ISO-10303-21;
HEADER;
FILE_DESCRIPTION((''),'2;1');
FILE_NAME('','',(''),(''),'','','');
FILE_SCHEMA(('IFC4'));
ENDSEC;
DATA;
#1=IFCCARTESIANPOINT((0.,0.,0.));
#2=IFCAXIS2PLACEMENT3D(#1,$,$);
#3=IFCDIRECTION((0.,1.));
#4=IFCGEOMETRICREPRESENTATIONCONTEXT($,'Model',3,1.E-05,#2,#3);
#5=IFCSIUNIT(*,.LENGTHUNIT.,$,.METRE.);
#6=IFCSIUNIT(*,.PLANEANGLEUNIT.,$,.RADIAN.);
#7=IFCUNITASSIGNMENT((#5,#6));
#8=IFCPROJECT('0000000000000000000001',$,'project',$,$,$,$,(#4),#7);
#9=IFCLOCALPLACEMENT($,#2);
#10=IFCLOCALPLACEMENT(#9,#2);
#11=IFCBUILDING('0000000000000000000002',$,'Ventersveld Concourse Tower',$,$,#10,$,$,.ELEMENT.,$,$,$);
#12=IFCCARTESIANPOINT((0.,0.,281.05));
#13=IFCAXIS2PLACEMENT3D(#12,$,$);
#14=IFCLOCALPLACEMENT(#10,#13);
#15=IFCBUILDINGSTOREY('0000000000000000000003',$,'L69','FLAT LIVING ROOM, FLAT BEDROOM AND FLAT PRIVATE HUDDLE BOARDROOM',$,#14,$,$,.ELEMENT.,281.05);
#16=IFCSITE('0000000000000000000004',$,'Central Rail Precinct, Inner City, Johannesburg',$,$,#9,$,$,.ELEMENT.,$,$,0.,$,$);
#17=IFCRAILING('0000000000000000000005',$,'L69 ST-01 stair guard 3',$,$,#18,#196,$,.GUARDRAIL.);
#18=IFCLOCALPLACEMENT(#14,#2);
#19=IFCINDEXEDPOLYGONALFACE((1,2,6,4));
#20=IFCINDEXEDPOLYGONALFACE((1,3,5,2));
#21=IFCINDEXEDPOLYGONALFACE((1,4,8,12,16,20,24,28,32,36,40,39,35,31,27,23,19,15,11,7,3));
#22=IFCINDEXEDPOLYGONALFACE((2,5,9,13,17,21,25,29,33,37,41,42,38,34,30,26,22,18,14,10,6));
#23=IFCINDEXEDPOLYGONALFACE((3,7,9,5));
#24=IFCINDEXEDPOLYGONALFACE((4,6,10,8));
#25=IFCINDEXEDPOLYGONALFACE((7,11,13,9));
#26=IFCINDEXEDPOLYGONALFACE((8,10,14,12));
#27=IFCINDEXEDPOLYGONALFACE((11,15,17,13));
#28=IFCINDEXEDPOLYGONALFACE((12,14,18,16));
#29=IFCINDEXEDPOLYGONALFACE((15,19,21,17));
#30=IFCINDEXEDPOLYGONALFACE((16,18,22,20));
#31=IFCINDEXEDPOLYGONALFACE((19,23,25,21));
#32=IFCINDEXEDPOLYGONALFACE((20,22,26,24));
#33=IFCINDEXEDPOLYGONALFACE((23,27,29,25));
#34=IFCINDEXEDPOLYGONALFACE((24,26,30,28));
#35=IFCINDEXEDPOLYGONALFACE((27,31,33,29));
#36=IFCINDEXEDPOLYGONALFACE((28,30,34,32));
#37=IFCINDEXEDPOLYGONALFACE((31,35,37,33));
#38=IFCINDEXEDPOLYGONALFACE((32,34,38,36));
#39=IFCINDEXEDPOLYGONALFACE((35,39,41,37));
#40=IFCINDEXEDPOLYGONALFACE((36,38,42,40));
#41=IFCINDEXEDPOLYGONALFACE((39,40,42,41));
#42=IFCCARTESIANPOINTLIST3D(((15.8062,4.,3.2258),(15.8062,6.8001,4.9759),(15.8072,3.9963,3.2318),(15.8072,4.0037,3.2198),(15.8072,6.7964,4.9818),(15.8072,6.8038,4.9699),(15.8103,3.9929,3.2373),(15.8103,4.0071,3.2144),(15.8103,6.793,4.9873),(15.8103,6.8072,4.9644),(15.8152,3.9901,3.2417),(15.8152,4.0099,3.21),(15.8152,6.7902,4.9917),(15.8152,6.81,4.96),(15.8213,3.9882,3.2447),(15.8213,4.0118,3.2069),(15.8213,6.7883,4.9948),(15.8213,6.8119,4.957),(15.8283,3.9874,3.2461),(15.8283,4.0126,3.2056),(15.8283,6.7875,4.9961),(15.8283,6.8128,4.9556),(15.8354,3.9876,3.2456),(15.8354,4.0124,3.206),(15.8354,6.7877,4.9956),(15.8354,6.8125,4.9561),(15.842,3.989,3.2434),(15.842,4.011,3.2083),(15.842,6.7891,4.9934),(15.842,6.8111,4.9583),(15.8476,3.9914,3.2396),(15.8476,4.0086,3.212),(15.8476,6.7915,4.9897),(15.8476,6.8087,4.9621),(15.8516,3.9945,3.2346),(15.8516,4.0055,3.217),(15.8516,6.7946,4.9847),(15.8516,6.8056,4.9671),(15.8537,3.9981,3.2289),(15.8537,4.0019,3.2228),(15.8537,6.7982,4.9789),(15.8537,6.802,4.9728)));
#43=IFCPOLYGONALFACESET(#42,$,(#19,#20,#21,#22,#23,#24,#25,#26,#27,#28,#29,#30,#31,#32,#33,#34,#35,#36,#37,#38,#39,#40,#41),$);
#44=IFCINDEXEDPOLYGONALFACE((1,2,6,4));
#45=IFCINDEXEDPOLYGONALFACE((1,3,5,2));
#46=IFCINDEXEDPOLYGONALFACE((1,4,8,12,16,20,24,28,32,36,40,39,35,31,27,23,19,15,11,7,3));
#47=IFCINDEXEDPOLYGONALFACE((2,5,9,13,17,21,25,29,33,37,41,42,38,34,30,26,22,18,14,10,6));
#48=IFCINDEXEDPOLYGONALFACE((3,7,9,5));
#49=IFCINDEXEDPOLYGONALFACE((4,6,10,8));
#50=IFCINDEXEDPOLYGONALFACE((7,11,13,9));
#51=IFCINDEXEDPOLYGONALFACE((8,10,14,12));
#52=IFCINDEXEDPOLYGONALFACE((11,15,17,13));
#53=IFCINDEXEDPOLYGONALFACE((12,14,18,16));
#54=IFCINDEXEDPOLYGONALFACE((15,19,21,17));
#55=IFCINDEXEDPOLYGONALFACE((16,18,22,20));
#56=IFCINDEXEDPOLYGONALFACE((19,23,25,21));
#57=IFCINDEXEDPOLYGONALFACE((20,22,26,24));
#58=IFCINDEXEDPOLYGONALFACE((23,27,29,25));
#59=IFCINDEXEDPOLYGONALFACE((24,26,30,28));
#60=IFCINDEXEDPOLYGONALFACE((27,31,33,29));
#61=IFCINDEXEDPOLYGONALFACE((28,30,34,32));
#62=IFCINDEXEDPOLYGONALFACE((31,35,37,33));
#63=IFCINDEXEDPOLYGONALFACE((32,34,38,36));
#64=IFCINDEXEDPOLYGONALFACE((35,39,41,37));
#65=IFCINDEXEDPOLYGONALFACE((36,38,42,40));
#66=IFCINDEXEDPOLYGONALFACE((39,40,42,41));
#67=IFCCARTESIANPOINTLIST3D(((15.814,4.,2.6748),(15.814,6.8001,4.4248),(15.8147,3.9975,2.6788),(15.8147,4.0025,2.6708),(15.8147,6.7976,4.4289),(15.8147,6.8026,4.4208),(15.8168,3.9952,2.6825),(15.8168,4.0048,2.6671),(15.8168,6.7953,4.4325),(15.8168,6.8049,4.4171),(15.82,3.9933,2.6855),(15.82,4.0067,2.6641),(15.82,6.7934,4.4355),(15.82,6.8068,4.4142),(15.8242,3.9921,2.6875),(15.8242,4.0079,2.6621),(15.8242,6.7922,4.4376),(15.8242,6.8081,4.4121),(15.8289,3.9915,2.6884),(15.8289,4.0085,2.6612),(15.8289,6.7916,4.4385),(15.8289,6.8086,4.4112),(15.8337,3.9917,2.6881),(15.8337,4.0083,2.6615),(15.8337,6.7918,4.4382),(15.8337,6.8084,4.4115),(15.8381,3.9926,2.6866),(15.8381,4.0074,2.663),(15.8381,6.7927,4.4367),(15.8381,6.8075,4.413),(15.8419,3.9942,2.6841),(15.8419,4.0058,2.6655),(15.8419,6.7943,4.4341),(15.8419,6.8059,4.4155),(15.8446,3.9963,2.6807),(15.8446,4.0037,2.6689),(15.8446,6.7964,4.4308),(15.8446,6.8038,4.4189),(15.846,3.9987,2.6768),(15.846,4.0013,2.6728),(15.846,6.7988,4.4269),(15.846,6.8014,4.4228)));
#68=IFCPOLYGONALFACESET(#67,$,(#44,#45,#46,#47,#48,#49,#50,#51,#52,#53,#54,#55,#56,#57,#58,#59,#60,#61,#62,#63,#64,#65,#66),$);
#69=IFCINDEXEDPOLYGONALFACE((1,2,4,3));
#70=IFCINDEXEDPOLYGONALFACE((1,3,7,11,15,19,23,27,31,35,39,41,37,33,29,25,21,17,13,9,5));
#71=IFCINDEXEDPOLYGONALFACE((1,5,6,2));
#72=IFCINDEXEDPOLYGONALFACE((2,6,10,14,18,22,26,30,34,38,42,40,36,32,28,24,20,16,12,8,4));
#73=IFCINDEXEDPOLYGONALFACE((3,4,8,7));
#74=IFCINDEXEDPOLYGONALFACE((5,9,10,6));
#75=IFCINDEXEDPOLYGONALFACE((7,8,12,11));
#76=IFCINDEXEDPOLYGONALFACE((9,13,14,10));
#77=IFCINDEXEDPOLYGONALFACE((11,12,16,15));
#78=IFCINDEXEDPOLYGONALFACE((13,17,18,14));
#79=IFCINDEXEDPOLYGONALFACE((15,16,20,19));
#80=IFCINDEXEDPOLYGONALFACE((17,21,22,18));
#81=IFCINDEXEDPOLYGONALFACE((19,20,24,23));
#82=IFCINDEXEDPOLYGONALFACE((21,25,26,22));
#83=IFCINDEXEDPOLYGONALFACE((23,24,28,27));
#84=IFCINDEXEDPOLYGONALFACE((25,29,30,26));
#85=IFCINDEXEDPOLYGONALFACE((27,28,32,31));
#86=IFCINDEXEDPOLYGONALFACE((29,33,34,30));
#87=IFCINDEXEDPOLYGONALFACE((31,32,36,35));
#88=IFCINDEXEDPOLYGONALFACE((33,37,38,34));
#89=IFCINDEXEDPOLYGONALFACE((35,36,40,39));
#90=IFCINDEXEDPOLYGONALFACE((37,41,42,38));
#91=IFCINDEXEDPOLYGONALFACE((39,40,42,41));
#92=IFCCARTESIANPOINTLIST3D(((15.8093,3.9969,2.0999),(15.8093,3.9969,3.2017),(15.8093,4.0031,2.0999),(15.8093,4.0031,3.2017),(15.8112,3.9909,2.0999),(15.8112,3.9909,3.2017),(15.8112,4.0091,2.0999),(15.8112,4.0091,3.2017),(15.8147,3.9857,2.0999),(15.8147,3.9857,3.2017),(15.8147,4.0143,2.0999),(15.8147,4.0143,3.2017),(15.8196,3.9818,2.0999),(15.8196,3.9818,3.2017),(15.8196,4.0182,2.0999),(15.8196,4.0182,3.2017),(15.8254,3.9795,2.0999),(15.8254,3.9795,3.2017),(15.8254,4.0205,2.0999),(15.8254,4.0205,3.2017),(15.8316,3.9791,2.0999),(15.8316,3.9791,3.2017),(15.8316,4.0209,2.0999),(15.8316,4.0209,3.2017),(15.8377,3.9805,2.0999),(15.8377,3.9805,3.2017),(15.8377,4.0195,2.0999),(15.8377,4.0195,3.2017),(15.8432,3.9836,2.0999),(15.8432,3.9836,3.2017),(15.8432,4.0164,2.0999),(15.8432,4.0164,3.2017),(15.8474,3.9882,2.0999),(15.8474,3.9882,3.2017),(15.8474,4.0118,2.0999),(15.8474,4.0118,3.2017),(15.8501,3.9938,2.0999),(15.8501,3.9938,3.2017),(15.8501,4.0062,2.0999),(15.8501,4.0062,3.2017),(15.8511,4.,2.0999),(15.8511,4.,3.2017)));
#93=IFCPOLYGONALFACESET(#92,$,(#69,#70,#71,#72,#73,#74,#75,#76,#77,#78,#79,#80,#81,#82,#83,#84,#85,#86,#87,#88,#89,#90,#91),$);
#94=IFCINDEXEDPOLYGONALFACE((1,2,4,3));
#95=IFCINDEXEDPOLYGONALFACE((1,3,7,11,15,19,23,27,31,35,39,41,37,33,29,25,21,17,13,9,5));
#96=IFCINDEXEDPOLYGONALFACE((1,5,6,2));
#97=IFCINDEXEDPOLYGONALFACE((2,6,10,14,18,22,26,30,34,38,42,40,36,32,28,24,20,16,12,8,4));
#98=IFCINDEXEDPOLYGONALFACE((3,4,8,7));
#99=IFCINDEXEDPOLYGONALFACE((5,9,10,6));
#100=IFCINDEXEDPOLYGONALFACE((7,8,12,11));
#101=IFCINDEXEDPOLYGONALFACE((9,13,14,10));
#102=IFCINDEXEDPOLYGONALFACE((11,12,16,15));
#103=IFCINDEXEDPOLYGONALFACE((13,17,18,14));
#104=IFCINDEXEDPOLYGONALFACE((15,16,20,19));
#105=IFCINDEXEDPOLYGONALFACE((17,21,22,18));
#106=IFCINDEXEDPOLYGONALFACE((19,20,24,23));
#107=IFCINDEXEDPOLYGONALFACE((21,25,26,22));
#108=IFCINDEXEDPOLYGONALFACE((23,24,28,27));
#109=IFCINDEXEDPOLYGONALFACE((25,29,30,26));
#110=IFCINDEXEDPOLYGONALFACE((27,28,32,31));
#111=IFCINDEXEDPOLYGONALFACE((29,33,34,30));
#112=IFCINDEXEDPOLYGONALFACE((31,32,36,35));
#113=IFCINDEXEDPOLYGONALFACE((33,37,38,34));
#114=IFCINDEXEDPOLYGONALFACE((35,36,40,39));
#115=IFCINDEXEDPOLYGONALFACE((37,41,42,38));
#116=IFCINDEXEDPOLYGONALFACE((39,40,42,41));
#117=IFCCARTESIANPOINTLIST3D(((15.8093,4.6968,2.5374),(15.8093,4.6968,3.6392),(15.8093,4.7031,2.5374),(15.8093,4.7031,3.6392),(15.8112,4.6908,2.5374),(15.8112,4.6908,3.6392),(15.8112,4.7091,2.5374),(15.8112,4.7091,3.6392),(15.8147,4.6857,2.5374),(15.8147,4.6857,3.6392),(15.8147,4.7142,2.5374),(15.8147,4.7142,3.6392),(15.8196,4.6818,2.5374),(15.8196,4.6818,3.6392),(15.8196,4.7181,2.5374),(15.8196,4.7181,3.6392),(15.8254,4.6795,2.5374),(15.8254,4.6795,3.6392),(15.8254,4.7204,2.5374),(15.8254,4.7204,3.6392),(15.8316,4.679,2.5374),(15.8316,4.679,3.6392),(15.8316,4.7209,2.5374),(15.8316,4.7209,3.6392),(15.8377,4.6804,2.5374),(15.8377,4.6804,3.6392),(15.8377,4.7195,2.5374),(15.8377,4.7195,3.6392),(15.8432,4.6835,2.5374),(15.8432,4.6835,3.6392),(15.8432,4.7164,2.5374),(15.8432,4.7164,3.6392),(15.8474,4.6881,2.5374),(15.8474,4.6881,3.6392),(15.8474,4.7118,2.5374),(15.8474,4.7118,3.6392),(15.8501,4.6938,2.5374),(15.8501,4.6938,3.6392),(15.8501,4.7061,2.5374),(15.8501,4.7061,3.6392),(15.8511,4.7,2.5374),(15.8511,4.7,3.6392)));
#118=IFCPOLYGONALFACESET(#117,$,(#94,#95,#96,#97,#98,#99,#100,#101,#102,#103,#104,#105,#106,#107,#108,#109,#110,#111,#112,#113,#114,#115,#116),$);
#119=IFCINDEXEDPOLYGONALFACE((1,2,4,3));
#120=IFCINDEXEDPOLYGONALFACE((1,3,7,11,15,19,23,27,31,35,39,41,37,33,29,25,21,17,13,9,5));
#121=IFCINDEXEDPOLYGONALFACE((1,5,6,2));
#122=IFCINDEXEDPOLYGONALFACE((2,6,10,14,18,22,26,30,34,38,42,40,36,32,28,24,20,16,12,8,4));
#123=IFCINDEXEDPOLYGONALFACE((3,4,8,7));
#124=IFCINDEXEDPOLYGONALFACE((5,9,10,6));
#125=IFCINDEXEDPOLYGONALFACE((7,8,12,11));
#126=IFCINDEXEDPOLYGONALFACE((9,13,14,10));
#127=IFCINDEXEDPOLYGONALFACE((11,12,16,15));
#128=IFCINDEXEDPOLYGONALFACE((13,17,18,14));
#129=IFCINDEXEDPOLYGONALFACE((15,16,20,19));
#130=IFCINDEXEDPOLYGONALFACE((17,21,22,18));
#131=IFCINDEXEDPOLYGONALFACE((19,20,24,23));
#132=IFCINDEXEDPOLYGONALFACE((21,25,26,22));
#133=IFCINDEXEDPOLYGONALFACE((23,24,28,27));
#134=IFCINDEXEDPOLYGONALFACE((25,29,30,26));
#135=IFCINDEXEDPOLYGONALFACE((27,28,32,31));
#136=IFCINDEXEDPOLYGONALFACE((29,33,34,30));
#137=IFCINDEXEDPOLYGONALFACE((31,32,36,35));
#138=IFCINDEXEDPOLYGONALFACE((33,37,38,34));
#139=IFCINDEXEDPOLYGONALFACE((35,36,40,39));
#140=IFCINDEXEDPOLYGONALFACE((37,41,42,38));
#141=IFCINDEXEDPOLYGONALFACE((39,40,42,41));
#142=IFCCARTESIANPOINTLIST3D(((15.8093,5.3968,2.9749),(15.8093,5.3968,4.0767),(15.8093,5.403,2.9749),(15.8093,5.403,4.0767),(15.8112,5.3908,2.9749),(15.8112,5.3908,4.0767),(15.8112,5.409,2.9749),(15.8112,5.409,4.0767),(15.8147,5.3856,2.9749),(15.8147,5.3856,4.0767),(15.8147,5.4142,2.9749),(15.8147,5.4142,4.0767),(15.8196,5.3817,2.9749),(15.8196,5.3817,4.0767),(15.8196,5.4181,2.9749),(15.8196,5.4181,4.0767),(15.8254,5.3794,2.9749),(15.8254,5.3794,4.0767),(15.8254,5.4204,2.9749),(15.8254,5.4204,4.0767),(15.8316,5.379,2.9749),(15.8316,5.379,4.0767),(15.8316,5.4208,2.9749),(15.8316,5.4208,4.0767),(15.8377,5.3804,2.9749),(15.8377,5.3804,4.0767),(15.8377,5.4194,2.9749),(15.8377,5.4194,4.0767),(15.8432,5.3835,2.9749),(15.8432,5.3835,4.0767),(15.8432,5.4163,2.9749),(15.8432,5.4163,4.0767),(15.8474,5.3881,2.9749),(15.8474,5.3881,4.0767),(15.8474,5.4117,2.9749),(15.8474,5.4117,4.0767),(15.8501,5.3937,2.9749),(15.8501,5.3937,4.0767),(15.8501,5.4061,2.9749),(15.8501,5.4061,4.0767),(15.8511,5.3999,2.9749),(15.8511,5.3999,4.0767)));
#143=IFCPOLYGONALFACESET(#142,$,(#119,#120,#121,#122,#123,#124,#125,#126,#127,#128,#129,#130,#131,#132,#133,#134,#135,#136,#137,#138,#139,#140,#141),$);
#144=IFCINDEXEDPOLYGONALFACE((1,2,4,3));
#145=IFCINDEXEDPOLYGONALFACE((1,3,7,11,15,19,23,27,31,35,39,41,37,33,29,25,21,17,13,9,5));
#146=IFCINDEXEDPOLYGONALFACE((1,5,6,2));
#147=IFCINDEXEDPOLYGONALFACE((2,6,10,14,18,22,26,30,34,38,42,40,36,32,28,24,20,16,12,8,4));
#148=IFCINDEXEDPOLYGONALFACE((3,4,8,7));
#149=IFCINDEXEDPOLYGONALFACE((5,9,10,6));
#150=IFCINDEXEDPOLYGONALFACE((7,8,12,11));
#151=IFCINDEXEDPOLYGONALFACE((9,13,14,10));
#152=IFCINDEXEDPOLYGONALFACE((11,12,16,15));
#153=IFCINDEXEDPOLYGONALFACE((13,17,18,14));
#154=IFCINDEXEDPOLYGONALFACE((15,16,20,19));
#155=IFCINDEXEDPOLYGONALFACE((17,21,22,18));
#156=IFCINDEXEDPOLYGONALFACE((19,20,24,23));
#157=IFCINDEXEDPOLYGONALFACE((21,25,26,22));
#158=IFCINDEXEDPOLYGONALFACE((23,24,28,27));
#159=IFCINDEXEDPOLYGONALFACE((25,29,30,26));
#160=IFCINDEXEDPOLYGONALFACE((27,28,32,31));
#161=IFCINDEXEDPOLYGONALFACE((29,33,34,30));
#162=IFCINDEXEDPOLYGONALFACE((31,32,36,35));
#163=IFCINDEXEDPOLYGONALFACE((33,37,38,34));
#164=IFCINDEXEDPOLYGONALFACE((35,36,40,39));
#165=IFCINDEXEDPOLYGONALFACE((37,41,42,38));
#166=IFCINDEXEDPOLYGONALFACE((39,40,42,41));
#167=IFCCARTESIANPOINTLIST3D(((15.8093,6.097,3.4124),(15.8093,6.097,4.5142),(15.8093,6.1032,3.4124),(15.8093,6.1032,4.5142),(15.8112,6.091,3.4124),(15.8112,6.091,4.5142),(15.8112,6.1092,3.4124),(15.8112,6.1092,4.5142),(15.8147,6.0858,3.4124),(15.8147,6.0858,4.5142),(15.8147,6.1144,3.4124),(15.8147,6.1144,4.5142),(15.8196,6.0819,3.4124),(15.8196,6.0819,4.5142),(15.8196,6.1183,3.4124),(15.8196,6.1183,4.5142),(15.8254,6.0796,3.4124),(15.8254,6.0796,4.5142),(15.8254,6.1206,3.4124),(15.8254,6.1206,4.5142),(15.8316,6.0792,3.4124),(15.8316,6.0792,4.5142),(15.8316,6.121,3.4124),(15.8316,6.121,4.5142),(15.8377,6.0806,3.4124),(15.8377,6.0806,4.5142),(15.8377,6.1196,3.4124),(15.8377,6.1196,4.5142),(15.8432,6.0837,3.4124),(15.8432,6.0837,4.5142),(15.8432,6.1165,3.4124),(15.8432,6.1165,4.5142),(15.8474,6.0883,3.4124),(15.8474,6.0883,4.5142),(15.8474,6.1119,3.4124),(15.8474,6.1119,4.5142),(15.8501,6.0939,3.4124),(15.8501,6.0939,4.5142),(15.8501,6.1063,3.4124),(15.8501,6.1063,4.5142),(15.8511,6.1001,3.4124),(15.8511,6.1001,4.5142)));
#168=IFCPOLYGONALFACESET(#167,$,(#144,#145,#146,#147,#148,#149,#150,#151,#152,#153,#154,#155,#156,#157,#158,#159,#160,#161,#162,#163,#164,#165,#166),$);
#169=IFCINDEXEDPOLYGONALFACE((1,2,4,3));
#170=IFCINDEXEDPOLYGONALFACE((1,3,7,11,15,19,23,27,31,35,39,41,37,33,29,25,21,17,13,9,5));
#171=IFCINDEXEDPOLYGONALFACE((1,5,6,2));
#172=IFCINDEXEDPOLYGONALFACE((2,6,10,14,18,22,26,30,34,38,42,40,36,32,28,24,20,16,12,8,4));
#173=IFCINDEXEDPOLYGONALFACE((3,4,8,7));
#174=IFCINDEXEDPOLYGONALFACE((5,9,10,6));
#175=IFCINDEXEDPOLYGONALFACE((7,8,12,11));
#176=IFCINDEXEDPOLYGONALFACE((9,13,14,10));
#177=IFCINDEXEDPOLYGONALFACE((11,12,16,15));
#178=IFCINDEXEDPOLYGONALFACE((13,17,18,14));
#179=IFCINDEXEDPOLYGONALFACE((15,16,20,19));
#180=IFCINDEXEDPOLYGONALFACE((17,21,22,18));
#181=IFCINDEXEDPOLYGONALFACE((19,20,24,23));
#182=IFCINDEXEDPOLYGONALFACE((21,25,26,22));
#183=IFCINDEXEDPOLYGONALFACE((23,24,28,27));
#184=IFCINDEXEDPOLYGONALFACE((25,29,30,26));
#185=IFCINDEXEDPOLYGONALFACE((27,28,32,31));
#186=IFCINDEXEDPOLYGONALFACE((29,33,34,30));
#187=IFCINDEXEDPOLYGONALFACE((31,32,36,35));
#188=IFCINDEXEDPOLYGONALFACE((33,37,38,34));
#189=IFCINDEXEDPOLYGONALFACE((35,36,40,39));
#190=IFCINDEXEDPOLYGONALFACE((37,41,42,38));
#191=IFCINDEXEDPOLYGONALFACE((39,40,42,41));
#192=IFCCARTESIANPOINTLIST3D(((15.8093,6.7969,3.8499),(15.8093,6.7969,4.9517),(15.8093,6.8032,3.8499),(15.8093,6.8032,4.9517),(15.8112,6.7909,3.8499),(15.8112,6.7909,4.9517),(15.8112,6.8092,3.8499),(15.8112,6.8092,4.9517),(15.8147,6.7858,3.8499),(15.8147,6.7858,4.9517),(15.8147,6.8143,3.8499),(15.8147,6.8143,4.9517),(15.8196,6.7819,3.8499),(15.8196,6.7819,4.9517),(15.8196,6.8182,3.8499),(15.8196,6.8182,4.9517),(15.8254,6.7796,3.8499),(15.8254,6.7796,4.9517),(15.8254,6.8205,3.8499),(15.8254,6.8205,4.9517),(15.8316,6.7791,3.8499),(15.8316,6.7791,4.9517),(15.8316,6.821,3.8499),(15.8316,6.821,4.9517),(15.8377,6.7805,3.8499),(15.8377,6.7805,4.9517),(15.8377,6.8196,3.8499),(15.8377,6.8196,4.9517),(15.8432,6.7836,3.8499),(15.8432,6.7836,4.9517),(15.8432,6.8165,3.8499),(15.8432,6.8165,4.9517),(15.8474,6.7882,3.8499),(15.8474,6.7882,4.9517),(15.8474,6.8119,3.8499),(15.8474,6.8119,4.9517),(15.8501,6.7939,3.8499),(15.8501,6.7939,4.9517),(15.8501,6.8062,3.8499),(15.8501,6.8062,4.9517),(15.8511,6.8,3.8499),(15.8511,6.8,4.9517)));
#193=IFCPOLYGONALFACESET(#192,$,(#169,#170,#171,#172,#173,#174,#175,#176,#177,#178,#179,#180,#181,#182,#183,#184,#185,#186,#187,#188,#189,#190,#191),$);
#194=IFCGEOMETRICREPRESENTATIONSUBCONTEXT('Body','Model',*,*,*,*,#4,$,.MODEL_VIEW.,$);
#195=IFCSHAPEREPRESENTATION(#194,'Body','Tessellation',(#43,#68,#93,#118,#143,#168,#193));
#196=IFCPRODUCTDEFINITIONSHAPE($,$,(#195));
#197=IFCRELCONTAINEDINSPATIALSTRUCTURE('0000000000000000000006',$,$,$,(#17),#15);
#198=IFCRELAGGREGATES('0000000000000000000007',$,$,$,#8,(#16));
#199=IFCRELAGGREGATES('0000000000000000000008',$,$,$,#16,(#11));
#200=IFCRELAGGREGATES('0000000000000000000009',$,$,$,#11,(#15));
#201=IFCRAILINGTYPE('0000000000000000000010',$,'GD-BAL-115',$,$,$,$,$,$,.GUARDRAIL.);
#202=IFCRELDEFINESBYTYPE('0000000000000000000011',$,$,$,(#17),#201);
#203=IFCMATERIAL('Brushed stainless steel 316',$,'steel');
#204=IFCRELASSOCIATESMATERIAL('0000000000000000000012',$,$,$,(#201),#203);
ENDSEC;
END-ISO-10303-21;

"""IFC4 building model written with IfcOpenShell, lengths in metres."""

from ifc_helpers import new_model, si_unit, direction, frame, origin, origin_2d, place, context, subcontext, project, spatial, circle, extrude, material, type_object, element, save


model = new_model("IFC4")

# Units and contexts
model_context = context("Model", 3, precision=1e-05, world=origin(), true_north=direction((0.0, 1.0)))
body_context = subcontext(model_context, "Body", "Model", "MODEL_VIEW")
ifc_project = project(units=[si_unit("LENGTHUNIT", "METRE"), si_unit("PLANEANGLEUNIT", "RADIAN")], contexts=[model_context])

# Site, building, storey
site_placement = place(None, origin())
site = spatial("IfcSite", under=ifc_project, at=site_placement, Name="Central Rail Precinct, Inner City, Johannesburg", CompositionType="ELEMENT", RefElevation=0.0)
building_placement = place(site_placement, origin())
building = spatial("IfcBuilding", under=site, at=building_placement, Name="Ventersveld Concourse Tower", CompositionType="ELEMENT")
storey_placement = place(building_placement, frame((0.0, 0.0, 281.05)))
storey = spatial("IfcBuildingStorey", under=building, at=storey_placement, Name="L69", Description="FLAT LIVING ROOM, FLAT BEDROOM AND FLAT PRIVATE HUDDLE BOARDROOM", CompositionType="ELEMENT", Elevation=281.05)

# Shared definitions
ifc_material_1 = material(Name="Brushed stainless steel 316", Category="steel")

# Railing
railing_type_1 = type_object("IfcRailingType", Name="GD-BAL-115", PredefinedType="GUARDRAIL", material=ifc_material_1)
railing_1_placement = place(storey_placement, frame((15.8301, 4.0, 2.0999)))
element("IfcRailing", 1, at=railing_1_placement, inside=storey, type_object=railing_type_1, Name="L69 ST-01 stair guard 3", PredefinedType="GUARDRAIL", context=body_context, shape_type="SweptSolid", body=[
    extrude(circle(Radius=0.0239, at=origin_2d()), frame((0.0, 0.0, 1.126), z_axis=(0.0, 0.848002, 0.529992), x_axis=(-1.0, 0.0, 0.0)), (0.0, 0.0, 1.0), 3.302),
    extrude(circle(Radius=0.0161, at=origin_2d()), frame((0.0, 0.0, 0.575), z_axis=(0.0, 0.848002, 0.529992), x_axis=(-1.0, 0.0, 0.0)), (0.0, 0.0, 1.0), 3.302),
    extrude(circle(Radius=0.021, at=origin_2d()), origin(), (0.0, 0.0, 1.0), 1.1018),
    extrude(circle(Radius=0.021, at=origin_2d()), frame((0.0, 0.7, 0.4375)), (0.0, 0.0, 1.0), 1.1018),
    extrude(circle(Radius=0.021, at=origin_2d()), frame((0.0, 1.3999, 0.875)), (0.0, 0.0, 1.0), 1.1018),
    extrude(circle(Radius=0.021, at=origin_2d()), frame((0.0, 2.1001, 1.3125)), (0.0, 0.0, 1.0), 1.1018),
    extrude(circle(Radius=0.021, at=origin_2d()), frame((0.0, 2.8, 1.75)), (0.0, 0.0, 1.0), 1.1018),
])

save(model, "model.ifc")
